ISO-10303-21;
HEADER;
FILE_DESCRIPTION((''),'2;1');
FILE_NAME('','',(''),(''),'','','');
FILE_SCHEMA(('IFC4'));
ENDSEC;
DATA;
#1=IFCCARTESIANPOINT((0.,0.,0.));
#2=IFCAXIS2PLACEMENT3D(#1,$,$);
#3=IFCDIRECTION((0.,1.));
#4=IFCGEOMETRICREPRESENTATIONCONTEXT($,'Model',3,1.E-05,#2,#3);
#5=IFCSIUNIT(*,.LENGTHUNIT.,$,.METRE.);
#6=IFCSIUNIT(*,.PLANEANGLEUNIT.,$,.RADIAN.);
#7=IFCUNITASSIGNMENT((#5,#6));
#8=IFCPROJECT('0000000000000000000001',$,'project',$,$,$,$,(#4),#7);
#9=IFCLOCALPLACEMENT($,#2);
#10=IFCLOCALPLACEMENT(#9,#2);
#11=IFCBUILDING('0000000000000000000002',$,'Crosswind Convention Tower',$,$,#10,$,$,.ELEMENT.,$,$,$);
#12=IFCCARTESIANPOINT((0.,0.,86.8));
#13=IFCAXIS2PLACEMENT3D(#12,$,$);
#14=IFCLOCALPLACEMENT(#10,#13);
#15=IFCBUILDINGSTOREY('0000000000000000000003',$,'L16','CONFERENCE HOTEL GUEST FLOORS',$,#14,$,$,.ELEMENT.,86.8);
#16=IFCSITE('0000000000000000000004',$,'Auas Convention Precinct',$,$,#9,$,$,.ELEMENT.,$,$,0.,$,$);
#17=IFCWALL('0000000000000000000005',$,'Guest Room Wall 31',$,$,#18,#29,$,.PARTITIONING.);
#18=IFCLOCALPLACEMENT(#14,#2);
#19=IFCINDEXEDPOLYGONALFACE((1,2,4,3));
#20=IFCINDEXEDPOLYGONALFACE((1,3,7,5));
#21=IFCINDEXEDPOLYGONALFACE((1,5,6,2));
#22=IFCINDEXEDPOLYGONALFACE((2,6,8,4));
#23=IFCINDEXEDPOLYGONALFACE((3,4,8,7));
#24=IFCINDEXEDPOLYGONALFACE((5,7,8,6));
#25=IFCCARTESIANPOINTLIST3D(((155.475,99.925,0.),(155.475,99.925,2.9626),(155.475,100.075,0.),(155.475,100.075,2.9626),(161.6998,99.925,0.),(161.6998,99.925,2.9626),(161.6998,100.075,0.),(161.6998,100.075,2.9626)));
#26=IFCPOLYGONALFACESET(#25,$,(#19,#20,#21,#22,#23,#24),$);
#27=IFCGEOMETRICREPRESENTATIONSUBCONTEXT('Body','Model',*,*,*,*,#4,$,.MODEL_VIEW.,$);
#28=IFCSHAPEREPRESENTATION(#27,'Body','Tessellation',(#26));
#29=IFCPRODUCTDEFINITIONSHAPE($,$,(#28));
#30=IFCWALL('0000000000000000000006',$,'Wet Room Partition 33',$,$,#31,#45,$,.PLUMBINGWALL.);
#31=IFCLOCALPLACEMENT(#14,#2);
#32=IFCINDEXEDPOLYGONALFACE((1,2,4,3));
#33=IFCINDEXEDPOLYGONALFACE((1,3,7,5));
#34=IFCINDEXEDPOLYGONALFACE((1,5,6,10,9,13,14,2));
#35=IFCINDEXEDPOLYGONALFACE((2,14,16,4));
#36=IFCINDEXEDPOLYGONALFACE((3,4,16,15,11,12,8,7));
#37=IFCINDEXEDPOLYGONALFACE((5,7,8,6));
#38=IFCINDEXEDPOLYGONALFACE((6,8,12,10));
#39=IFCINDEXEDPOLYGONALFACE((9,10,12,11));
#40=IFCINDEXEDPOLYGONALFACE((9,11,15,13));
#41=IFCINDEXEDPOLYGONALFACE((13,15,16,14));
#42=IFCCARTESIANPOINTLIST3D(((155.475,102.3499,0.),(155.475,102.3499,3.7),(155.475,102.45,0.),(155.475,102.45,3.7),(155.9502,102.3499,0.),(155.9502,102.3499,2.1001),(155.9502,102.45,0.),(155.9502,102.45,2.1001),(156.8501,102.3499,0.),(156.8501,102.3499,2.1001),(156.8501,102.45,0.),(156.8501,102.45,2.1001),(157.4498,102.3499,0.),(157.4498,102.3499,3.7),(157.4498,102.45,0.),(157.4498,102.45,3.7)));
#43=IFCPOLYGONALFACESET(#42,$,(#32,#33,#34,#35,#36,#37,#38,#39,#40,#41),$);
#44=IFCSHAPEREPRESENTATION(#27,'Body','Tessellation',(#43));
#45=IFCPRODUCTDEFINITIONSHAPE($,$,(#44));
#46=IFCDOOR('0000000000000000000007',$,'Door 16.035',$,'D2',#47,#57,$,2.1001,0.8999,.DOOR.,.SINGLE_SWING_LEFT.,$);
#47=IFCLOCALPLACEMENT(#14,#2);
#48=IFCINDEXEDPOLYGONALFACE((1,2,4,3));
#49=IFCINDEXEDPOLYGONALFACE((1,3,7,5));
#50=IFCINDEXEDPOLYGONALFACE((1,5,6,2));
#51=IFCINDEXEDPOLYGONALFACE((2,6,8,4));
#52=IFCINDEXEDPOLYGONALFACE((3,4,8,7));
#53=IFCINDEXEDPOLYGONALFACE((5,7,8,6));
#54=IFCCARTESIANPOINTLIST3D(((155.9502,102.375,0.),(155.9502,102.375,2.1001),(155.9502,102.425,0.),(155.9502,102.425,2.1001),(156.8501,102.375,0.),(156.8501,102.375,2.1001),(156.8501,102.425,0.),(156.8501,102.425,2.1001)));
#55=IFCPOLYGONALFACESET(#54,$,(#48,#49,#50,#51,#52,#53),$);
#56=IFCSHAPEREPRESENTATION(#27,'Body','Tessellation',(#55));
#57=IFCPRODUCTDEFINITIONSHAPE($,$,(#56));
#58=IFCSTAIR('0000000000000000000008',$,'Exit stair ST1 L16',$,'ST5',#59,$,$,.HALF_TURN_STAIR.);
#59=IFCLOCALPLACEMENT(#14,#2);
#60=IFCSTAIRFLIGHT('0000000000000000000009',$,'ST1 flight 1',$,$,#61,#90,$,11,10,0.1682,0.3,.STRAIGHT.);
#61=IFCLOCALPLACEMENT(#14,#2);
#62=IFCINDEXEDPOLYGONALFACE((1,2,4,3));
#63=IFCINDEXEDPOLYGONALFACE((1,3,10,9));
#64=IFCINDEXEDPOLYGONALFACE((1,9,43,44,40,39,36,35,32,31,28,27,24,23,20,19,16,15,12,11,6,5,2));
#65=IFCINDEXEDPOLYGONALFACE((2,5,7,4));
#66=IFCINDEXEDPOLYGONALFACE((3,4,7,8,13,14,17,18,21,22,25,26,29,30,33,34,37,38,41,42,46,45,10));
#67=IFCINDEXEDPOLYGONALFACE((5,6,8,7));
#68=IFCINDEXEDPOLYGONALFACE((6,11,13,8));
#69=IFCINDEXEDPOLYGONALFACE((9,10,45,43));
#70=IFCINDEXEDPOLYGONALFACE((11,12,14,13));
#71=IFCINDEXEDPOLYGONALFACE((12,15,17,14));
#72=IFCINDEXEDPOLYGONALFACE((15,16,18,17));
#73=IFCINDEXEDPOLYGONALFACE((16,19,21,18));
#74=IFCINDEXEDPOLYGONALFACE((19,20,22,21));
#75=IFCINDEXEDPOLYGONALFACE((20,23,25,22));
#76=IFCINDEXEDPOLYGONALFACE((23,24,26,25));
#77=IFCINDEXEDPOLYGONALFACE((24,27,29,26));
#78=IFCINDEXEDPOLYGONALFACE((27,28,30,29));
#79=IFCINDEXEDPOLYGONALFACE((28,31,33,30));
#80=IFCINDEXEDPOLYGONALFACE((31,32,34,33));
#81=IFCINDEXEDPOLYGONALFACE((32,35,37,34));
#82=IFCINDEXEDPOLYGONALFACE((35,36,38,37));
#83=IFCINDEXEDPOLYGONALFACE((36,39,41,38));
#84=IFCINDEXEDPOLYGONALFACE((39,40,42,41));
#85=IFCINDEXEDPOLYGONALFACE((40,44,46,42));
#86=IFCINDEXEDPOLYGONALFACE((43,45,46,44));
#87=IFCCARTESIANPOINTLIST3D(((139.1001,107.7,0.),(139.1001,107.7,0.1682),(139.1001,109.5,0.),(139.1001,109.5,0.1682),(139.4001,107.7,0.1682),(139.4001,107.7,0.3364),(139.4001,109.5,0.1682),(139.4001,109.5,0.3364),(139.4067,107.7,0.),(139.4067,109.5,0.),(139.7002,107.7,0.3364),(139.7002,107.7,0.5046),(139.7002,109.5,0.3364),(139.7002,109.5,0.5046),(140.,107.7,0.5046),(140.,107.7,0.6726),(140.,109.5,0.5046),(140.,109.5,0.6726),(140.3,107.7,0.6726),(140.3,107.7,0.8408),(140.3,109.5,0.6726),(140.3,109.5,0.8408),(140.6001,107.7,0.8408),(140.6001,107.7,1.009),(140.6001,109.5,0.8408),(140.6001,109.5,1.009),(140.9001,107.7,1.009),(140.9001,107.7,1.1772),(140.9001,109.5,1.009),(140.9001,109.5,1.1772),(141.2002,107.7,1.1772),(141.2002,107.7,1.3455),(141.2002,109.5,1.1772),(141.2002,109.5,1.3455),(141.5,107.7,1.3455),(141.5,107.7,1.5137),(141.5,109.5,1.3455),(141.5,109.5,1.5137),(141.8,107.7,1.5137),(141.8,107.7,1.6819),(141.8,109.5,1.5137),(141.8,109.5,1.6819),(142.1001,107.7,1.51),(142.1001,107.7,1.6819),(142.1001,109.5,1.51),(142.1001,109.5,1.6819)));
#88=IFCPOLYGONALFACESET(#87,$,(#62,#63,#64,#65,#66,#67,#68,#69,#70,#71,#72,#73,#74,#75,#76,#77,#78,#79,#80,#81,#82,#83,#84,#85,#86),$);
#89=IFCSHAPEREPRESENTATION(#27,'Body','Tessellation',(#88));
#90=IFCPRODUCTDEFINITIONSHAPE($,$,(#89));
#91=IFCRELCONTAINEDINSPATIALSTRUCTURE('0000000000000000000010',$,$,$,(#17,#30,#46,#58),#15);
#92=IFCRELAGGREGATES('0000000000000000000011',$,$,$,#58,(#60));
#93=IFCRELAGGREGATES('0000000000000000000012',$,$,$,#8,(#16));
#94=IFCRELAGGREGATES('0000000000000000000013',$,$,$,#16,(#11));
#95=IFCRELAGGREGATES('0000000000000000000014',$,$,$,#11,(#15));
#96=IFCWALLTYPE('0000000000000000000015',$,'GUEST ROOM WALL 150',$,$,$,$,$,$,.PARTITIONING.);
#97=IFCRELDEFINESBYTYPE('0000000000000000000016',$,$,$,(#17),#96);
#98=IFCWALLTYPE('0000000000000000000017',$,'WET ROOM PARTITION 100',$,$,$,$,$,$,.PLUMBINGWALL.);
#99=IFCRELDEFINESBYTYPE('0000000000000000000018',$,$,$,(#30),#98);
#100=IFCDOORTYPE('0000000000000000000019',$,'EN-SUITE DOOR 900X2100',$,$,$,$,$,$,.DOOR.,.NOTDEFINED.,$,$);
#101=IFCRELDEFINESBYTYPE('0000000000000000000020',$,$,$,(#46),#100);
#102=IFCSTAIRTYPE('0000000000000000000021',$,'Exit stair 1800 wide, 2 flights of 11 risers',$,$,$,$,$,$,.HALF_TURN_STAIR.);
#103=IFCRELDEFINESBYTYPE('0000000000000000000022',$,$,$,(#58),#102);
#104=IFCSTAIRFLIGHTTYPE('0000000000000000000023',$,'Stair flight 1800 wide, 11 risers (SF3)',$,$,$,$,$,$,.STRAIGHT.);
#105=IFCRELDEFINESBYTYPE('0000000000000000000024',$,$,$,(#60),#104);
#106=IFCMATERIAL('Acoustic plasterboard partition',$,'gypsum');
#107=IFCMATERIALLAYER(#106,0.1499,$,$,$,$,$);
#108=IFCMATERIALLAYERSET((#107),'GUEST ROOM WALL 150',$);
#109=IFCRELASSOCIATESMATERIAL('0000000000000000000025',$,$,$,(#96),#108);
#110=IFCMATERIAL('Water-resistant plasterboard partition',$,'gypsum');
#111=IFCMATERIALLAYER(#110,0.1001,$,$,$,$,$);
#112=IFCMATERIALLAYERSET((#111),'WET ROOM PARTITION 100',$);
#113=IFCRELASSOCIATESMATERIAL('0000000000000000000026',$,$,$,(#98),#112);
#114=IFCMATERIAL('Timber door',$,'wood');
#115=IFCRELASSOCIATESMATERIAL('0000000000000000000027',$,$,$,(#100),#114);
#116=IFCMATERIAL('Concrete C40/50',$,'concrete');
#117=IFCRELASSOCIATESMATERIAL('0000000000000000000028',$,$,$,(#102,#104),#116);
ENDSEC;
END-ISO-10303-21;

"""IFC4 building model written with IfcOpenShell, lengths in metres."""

from ifc_helpers import new_model, si_unit, direction, frame, frame_2d, origin, place, context, subcontext, project, spatial, polyline, rectangle, outline, extrude, material, layer, layer_set, type_object, element, fill, aggregate, save


model = new_model("IFC4")

# Units and contexts
model_context = context("Model", 3, precision=1e-05, world=origin(), true_north=direction((0.0, 1.0)))
body_context = subcontext(model_context, "Body", "Model", "MODEL_VIEW")
ifc_project = project(units=[si_unit("LENGTHUNIT", "METRE"), si_unit("PLANEANGLEUNIT", "RADIAN")], contexts=[model_context])

# Site, building, storey
site_placement = place(None, origin())
site = spatial("IfcSite", under=ifc_project, at=site_placement, Name="Auas Convention Precinct", CompositionType="ELEMENT", RefElevation=0.0)
building_placement = place(site_placement, origin())
building = spatial("IfcBuilding", under=site, at=building_placement, Name="Crosswind Convention Tower", CompositionType="ELEMENT")
storey_placement = place(building_placement, frame((0.0, 0.0, 86.8)))
storey = spatial("IfcBuildingStorey", under=building, at=storey_placement, Name="L16", Description="CONFERENCE HOTEL GUEST FLOORS", CompositionType="ELEMENT", Elevation=86.8)

# Shared definitions
ifc_material_1 = material(Name="Timber door", Category="wood")

# Wall
ifc_material_2 = material(Name="Acoustic plasterboard partition", Category="gypsum")
ifc_layer_1 = layer(ifc_material_2, 0.1499)
ifc_layer_set_1 = layer_set([ifc_layer_1], Name="GUEST ROOM WALL 150")
wall_type_1 = type_object("IfcWallType", Name="GUEST ROOM WALL 150", PredefinedType="PARTITIONING", material=ifc_layer_set_1)
wall_1_placement = place(storey_placement, frame((155.4751, 100.0, 0.0), z_axis=(0.0, 0.0, 1.0), x_axis=(1.0, 0.0, 0.0)))
element("IfcWall", 1, at=wall_1_placement, inside=storey, type_object=wall_type_1, Name="Guest Room Wall 31", PredefinedType="PARTITIONING", context=body_context, shape_type="SweptSolid", body=[
    extrude(rectangle(XDim=6.2249, YDim=0.1499, at=frame_2d((3.1123, 0.0))), origin(), (0.0, 0.0, 1.0), 2.9626),
])

# Wall, opening, door
ifc_material_3 = material(Name="Water-resistant plasterboard partition", Category="gypsum")
ifc_layer_2 = layer(ifc_material_3, 0.1001)
ifc_layer_set_2 = layer_set([ifc_layer_2], Name="WET ROOM PARTITION 100")
wall_type_2 = type_object("IfcWallType", Name="WET ROOM PARTITION 100", PredefinedType="PLUMBINGWALL", material=ifc_layer_set_2)
wall_2_placement = place(storey_placement, frame((155.4751, 102.3999, 0.0), z_axis=(0.0, 0.0, 1.0), x_axis=(1.0, 0.0, 0.0)))
wall_2 = element("IfcWall", 2, at=wall_2_placement, inside=storey, type_object=wall_type_2, Name="Wet Room Partition 33", PredefinedType="PLUMBINGWALL", context=body_context, shape_type="SweptSolid", body=[
    extrude(rectangle(XDim=1.9749, YDim=0.1001, at=frame_2d((0.9873, 0.0))), origin(), (0.0, 0.0, 1.0), 3.7),
])
opening_1_placement = place(wall_2_placement, frame((0.4751, 0.0, 0.0)))
opening_1 = element("IfcOpeningElement", 3, at=opening_1_placement, cuts=wall_2, PredefinedType="OPENING", context=body_context, shape_type="SweptSolid", body=[
    extrude(rectangle(XDim=0.8999, YDim=2.1001, at=frame_2d((0.45, 1.05))), frame((0.0, 0.0601, 0.0), z_axis=(0.0, -1.0, 0.0), x_axis=(1.0, 0.0, 0.0)), (0.0, 0.0, 1.0), 0.1201),
])
door_type_1 = type_object("IfcDoorType", Name="EN-SUITE DOOR 900X2100", OperationType="NOTDEFINED", PredefinedType="DOOR", material=ifc_material_1)
door_1_placement = place(opening_1_placement, frame((0.8999, 0.0, 0.0), z_axis=(0.0, 0.0, 1.0), x_axis=(-1.0, 0.0, 0.0)))
door_1 = element("IfcDoor", 4, at=door_1_placement, inside=storey, type_object=door_type_1, Name="Door 16.035", ObjectType="D2", OperationType="SINGLE_SWING_LEFT", OverallHeight=2.1001, OverallWidth=0.8999, PredefinedType="DOOR", context=body_context, shape_type="SweptSolid", body=[
    extrude(rectangle(XDim=0.8999, YDim=2.1001, at=frame_2d((0.45, 1.05))), frame((0.0, 0.0249, 0.0), z_axis=(0.0, -1.0, 0.0), x_axis=(1.0, 0.0, 0.0)), (0.0, 0.0, 1.0), 0.05),
])
fill(opening_1, door_1)

# Stair, stair flight
ifc_material_4 = material(Name="Concrete C40/50", Category="concrete")
stair_type = type_object("IfcStairType", Name="Exit stair 1800 wide, 2 flights of 11 risers", PredefinedType="HALF_TURN_STAIR", material=ifc_material_4)
stair_placement = place(storey_placement, origin())
stair = element("IfcStair", 5, at=stair_placement, inside=storey, type_object=stair_type, Name="Exit stair ST1 L16", ObjectType="ST5", PredefinedType="HALF_TURN_STAIR")
stair_flight_type = type_object("IfcStairFlightType", Name="Stair flight 1800 wide, 11 risers (SF3)", PredefinedType="STRAIGHT", material=ifc_material_4)
stair_flight_placement = place(storey_placement, frame((139.1001, 108.6001, 0.0), z_axis=(0.0, 0.0, 1.0), x_axis=(1.0, 0.0, 0.0)))
stair_flight = element("IfcStairFlight", 6, at=stair_flight_placement, type_object=stair_flight_type, Name="ST1 flight 1", NumberOfRisers=11, NumberOfTreads=10, PredefinedType="STRAIGHT", RiserHeight=0.1682, TreadLength=0.3, context=body_context, shape_type="SweptSolid", body=[
    extrude(outline(polyline([(0.0, 0.0), (0.0, 0.1682), (0.3, 0.1682), (0.3, 0.3364), (0.6001, 0.3364), (0.6001, 0.5046), (0.8999, 0.5046), (0.8999, 0.6726), (1.2, 0.6726), (1.2, 0.8408), (1.5, 0.8408), (1.5, 1.009), (1.8, 1.009), (1.8, 1.1772), (2.1001, 1.1772), (2.1001, 1.3455), (2.3999, 1.3455), (2.3999, 1.5137), (2.7, 1.5137), (2.7, 1.6819), (3.0, 1.6819), (3.0, 1.8501), (3.0, 1.51), (0.3066, 0.0), (0.0, 0.0)])), frame((0.0, 0.8999, 0.0), z_axis=(0.0, -1.0, 0.0), x_axis=(1.0, 0.0, 0.0)), (0.0, 0.0, 1.0), 1.8),
])
aggregate(stair, [stair_flight])

save(model, "model.ifc")
